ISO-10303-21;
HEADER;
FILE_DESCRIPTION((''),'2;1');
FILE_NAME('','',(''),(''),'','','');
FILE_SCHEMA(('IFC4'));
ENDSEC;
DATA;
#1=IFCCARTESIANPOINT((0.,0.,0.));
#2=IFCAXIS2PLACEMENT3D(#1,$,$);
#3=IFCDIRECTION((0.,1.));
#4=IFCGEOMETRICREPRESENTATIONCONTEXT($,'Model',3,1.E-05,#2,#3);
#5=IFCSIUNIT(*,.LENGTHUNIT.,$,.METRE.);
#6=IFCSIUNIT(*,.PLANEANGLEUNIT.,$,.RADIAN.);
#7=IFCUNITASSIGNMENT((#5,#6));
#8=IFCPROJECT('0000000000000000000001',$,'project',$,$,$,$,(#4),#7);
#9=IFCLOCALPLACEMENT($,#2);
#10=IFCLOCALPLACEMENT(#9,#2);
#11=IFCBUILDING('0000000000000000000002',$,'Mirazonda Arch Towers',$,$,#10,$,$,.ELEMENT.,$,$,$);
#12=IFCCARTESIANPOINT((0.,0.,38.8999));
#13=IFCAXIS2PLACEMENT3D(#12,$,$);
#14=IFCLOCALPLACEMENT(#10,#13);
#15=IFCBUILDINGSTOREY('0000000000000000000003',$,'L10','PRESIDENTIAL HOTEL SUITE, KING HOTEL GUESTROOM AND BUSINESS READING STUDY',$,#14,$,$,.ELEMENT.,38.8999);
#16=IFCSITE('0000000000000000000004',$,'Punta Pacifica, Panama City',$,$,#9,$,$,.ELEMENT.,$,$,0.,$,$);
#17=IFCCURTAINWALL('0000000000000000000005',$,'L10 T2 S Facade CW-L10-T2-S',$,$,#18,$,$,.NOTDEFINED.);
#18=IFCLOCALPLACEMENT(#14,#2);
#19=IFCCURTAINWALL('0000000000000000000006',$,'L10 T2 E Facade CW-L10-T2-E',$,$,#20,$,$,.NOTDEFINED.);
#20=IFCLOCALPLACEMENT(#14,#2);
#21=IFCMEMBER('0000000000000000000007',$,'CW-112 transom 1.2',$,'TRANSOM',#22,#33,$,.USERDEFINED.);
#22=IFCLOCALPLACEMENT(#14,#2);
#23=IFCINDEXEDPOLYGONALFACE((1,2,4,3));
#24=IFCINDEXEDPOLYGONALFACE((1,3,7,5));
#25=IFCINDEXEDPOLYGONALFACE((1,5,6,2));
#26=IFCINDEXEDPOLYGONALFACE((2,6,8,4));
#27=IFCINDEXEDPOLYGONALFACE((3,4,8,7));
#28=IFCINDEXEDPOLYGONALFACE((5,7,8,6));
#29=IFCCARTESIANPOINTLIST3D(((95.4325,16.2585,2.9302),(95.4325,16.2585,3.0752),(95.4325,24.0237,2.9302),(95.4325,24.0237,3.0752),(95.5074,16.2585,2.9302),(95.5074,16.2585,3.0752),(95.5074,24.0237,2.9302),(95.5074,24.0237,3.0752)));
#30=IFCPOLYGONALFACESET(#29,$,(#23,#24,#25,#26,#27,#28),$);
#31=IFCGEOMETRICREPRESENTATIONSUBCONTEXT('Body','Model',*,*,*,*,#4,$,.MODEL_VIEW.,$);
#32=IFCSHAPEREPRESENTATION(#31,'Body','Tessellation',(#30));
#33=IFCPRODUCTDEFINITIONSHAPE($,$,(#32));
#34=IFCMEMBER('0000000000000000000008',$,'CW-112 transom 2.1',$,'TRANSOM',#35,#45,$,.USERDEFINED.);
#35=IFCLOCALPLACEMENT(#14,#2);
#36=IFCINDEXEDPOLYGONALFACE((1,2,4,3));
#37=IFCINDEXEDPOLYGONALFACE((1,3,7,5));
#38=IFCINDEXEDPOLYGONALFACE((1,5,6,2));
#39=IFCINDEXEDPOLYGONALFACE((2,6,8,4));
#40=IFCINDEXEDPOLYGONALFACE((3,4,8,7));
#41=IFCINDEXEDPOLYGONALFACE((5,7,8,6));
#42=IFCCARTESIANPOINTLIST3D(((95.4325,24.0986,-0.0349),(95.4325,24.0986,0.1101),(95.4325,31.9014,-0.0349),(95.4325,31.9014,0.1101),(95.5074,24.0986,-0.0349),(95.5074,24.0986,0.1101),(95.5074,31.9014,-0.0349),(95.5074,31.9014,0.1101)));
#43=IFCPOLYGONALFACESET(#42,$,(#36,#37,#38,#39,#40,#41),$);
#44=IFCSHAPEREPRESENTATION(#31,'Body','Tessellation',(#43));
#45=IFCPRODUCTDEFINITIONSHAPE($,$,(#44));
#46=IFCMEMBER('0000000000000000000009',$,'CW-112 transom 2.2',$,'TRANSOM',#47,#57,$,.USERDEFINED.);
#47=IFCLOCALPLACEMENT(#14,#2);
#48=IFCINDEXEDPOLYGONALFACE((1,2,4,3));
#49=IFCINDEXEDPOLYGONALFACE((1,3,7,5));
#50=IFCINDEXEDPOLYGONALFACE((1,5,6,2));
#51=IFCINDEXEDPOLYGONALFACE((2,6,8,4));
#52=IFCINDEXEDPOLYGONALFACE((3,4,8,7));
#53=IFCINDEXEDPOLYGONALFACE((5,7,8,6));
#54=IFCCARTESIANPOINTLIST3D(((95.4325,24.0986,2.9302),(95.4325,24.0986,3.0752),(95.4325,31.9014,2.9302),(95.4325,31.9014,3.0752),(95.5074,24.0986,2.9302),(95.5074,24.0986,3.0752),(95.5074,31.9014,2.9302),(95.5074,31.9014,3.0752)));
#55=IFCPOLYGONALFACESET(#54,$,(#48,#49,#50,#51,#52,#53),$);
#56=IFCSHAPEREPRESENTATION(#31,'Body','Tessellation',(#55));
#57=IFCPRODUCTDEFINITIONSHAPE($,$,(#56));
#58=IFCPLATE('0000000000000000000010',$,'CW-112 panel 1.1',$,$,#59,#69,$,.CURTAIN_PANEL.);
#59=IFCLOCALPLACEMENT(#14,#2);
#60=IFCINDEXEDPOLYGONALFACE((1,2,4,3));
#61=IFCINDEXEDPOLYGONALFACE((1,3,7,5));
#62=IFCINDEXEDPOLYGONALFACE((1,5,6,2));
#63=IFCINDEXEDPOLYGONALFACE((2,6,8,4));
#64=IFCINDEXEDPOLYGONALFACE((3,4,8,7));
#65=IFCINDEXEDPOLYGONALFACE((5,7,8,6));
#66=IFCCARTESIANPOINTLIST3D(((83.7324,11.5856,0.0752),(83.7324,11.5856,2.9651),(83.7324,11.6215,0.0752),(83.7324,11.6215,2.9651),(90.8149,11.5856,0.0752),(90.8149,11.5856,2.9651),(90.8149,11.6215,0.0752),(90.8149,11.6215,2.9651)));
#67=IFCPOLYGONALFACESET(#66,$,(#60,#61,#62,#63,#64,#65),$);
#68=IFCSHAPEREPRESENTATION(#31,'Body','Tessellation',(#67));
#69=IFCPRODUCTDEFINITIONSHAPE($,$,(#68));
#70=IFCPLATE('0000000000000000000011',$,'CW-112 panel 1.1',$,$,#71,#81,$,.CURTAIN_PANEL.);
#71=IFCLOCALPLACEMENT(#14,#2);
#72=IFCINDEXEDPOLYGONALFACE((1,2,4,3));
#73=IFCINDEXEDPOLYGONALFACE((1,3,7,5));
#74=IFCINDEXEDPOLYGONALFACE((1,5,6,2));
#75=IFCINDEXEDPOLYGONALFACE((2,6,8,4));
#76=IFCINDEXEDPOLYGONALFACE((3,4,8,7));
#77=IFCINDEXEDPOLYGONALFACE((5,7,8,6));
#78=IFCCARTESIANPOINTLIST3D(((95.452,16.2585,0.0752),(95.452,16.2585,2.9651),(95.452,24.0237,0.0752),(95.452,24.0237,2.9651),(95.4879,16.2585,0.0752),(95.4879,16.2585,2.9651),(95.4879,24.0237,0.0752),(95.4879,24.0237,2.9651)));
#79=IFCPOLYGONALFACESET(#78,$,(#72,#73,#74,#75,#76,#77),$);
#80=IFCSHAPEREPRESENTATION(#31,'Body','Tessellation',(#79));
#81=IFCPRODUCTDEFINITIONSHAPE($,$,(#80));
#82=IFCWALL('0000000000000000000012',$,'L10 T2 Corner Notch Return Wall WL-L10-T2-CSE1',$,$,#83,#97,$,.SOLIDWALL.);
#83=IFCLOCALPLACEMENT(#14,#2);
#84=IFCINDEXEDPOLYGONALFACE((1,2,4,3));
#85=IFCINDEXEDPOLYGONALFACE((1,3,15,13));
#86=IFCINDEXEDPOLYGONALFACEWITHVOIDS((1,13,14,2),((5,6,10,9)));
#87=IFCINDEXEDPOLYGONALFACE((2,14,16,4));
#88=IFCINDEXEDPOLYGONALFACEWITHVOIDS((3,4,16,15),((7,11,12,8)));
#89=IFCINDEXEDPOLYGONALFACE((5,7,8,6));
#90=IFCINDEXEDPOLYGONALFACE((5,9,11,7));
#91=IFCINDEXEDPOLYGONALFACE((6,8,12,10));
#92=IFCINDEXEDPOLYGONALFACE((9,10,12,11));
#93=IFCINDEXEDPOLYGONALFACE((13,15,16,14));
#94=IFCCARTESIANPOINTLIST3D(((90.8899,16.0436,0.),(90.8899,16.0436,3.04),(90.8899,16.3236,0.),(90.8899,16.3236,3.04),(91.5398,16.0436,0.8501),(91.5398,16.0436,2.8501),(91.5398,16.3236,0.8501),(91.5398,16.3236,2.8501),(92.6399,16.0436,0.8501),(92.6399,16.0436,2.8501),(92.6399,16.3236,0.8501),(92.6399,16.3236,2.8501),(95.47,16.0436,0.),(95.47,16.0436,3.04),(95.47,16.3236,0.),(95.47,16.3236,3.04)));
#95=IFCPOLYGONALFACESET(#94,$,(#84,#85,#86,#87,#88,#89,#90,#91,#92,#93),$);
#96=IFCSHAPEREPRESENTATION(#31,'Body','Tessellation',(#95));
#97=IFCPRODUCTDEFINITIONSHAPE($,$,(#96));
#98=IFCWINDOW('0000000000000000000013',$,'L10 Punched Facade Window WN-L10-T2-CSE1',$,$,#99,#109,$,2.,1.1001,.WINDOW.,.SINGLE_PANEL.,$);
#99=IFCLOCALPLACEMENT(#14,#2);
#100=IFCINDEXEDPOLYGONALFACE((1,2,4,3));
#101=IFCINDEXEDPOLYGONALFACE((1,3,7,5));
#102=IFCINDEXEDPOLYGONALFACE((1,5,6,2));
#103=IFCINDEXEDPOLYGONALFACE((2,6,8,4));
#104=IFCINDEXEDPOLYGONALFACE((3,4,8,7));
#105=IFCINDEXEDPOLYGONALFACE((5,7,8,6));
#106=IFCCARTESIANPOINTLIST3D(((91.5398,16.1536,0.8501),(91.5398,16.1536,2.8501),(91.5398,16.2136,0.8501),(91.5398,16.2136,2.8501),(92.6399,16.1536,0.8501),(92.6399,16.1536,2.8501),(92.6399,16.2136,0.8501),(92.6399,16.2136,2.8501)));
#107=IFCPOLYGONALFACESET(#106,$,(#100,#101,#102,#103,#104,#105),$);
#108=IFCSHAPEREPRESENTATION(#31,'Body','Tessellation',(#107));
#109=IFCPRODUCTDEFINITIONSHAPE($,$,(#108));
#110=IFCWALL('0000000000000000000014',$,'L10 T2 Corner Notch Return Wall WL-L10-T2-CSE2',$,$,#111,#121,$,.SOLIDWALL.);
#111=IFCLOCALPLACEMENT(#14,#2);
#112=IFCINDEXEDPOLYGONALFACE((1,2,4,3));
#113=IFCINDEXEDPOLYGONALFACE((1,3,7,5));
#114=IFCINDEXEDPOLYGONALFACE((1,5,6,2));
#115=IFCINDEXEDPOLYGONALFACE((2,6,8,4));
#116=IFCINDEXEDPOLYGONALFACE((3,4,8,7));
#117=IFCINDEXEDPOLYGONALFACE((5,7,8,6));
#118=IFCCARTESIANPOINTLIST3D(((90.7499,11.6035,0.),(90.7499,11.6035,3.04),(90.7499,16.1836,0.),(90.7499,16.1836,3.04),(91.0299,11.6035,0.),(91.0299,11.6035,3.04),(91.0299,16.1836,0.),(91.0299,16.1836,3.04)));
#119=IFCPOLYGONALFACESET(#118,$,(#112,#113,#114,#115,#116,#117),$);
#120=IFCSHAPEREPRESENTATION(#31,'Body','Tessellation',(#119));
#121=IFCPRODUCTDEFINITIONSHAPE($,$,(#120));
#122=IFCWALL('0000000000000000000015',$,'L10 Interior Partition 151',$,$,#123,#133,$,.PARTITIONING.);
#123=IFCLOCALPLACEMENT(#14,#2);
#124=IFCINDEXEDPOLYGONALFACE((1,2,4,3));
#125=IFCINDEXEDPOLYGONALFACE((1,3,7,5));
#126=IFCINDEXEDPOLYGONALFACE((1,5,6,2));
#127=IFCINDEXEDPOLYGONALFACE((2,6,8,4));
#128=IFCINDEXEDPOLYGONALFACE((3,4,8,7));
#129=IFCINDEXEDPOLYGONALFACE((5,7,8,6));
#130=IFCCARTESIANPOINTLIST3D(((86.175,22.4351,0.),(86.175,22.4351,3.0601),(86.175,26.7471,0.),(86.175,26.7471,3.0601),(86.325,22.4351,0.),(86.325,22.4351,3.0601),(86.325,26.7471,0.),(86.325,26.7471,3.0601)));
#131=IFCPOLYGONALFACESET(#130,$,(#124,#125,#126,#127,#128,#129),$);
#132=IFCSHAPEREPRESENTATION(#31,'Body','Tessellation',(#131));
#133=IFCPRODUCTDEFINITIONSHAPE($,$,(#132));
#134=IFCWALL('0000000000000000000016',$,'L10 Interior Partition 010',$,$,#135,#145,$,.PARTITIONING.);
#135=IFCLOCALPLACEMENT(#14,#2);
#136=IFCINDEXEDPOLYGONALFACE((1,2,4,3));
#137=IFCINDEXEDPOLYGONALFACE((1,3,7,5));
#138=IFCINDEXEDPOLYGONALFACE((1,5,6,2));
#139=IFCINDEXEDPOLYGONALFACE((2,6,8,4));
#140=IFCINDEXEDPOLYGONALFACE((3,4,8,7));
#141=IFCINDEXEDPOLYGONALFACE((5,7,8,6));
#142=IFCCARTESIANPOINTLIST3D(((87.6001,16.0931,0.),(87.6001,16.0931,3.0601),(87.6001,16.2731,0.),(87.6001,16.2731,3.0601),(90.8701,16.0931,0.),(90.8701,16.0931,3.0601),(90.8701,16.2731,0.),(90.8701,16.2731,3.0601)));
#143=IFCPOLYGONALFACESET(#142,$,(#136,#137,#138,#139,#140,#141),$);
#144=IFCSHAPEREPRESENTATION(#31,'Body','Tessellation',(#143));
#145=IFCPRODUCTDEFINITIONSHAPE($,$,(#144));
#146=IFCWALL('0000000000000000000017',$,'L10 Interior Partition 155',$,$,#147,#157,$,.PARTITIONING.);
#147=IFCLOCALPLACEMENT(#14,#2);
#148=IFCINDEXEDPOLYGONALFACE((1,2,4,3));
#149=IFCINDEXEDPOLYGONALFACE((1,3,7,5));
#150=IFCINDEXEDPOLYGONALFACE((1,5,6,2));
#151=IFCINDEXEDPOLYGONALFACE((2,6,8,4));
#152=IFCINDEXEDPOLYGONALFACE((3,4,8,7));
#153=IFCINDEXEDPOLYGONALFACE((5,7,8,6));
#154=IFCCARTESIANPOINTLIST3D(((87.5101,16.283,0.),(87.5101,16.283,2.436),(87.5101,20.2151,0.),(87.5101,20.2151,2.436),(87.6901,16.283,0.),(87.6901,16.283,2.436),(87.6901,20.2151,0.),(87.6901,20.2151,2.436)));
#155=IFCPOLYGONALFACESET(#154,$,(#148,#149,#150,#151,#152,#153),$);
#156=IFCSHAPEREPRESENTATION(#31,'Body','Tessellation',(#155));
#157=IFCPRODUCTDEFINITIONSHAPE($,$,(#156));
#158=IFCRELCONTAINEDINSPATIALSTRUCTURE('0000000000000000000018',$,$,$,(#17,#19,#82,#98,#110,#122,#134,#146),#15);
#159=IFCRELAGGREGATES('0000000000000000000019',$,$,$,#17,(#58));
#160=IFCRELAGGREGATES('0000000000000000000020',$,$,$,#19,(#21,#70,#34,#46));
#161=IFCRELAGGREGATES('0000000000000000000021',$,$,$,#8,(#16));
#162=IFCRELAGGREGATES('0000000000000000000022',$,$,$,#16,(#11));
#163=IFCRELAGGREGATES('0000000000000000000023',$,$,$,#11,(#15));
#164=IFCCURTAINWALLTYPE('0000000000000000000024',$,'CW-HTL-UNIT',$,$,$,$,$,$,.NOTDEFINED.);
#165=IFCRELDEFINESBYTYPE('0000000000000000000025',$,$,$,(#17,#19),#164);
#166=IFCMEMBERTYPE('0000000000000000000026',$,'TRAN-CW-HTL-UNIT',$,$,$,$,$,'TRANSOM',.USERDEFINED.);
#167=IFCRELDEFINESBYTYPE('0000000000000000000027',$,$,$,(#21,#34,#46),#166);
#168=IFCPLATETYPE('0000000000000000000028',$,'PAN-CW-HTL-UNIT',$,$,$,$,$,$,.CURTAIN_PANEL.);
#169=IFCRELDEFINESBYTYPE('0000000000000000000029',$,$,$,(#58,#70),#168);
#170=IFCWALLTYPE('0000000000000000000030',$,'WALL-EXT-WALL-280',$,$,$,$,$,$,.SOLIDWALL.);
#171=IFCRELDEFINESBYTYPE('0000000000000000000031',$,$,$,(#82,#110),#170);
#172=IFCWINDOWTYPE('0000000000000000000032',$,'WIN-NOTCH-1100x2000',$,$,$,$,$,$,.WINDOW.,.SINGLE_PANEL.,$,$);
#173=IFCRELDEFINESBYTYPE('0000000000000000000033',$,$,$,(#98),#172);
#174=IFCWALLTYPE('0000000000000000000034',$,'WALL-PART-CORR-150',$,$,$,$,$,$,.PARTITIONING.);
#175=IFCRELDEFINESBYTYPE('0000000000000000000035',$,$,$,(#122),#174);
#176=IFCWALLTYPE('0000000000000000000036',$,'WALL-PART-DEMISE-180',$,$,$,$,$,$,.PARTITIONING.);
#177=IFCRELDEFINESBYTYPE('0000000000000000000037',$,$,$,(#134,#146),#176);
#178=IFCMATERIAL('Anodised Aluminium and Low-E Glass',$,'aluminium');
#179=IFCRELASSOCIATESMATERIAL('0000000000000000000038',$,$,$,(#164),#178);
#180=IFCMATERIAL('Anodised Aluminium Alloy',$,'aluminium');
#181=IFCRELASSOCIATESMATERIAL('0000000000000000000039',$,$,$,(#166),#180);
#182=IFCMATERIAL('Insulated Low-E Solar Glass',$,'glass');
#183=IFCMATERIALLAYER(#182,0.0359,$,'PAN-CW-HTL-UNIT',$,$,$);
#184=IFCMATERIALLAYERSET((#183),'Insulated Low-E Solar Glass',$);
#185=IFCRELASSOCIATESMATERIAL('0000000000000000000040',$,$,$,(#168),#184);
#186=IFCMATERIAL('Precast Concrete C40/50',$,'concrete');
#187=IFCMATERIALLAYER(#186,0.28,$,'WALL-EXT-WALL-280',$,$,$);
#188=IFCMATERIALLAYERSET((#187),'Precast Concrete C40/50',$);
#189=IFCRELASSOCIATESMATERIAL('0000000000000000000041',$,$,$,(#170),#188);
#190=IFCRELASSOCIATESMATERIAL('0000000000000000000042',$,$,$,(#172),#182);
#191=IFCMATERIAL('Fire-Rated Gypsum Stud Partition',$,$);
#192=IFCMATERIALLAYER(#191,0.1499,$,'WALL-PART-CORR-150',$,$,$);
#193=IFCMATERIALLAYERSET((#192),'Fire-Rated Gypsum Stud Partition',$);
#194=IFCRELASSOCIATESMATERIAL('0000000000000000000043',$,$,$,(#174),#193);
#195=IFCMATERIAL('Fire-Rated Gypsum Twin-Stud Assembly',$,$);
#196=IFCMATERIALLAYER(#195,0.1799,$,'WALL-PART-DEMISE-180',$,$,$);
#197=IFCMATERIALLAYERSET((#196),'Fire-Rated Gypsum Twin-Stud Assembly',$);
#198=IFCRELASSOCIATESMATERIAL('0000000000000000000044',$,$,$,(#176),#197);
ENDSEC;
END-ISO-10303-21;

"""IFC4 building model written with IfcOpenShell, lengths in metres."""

from ifc_helpers import new_model, si_unit, direction, frame, frame_2d, origin, origin_2d, place, context, subcontext, project, spatial, rectangle, extrude, material, layer, layer_set, material_profile, profile_set, type_object, element, fill, aggregate, save


model = new_model("IFC4")

# Units and contexts
model_context = context("Model", 3, precision=1e-05, world=origin(), true_north=direction((0.0, 1.0)))
body_context = subcontext(model_context, "Body", "Model", "MODEL_VIEW")
ifc_project = project(units=[si_unit("LENGTHUNIT", "METRE"), si_unit("PLANEANGLEUNIT", "RADIAN")], contexts=[model_context])

# Site, building, storey
site_placement = place(None, origin())
site = spatial("IfcSite", under=ifc_project, at=site_placement, Name="Punta Pacifica, Panama City", CompositionType="ELEMENT", RefElevation=0.0)
building_placement = place(site_placement, origin())
building = spatial("IfcBuilding", under=site, at=building_placement, Name="Mirazonda Arch Towers", CompositionType="ELEMENT")
storey_placement = place(building_placement, frame((0.0, 0.0, 38.8999)))
storey = spatial("IfcBuildingStorey", under=building, at=storey_placement, Name="L10", Description="PRESIDENTIAL HOTEL SUITE, KING HOTEL GUESTROOM AND BUSINESS READING STUDY", CompositionType="ELEMENT", Elevation=38.8999)

# Curtain wall
ifc_material_1 = material(Name="Anodised Aluminium and Low-E Glass", Category="aluminium")
curtain_wall_type = type_object("IfcCurtainWallType", Name="CW-HTL-UNIT", PredefinedType="NOTDEFINED", material=ifc_material_1)
curtain_wall_1_placement = place(storey_placement, origin())
curtain_wall_1 = element("IfcCurtainWall", 1, at=curtain_wall_1_placement, inside=storey, type_object=curtain_wall_type, Name="L10 T2 S Facade CW-L10-T2-S", PredefinedType="NOTDEFINED")
ifc_material_2 = material(Name="Anodised Aluminium Alloy", Category="aluminium")

# Curtain wall
curtain_wall_2_placement = place(storey_placement, origin())
curtain_wall_2 = element("IfcCurtainWall", 2, at=curtain_wall_2_placement, inside=storey, type_object=curtain_wall_type, Name="L10 T2 E Facade CW-L10-T2-E", PredefinedType="NOTDEFINED")

# Members
ifc_material_profile_1 = material_profile(ifc_material_2, rectangle(XDim=0.075, YDim=0.145, at=origin_2d()), Name="ALU-TRAN-75x145")
ifc_profile_set_1 = profile_set([ifc_material_profile_1], Name="Anodised Aluminium Alloy")
member_type_1 = type_object("IfcMemberType", Name="TRAN-CW-HTL-UNIT", ElementType="TRANSOM", PredefinedType="USERDEFINED", material=ifc_profile_set_1)
member_1_placement = place(storey_placement, frame((95.47, 16.2585, 3.0027), z_axis=(0.0, 1.0, 0.0), x_axis=(-1.0, 0.0, 0.0)))
member_1 = element("IfcMember", 3, at=member_1_placement, type_object=member_type_1, Name="CW-112 transom 1.2", ObjectType="TRANSOM", PredefinedType="USERDEFINED", context=body_context, shape_type="SweptSolid", body=[
    extrude(rectangle(XDim=0.075, YDim=0.145, at=origin_2d()), origin(), (0.0, 0.0, 1.0), 7.7651),
])
member_2_placement = place(storey_placement, frame((95.47, 24.0986, 0.0376), z_axis=(0.0, 1.0, 0.0), x_axis=(-1.0, 0.0, 0.0)))
member_2 = element("IfcMember", 4, at=member_2_placement, type_object=member_type_1, Name="CW-112 transom 2.1", ObjectType="TRANSOM", PredefinedType="USERDEFINED", context=body_context, shape_type="SweptSolid", body=[
    extrude(rectangle(XDim=0.075, YDim=0.145, at=origin_2d()), origin(), (0.0, 0.0, 1.0), 7.8027),
])
member_3_placement = place(storey_placement, frame((95.47, 24.0986, 3.0027), z_axis=(0.0, 1.0, 0.0), x_axis=(-1.0, 0.0, 0.0)))
member_3 = element("IfcMember", 5, at=member_3_placement, type_object=member_type_1, Name="CW-112 transom 2.2", ObjectType="TRANSOM", PredefinedType="USERDEFINED", context=body_context, shape_type="SweptSolid", body=[
    extrude(rectangle(XDim=0.075, YDim=0.145, at=origin_2d()), origin(), (0.0, 0.0, 1.0), 7.8027),
])

# Plates
ifc_material_3 = material(Name="Insulated Low-E Solar Glass", Category="glass")
ifc_layer_1 = layer(ifc_material_3, 0.0359, Name="PAN-CW-HTL-UNIT")
ifc_layer_set_1 = layer_set([ifc_layer_1], Name="Insulated Low-E Solar Glass")
plate_type = type_object("IfcPlateType", Name="PAN-CW-HTL-UNIT", PredefinedType="CURTAIN_PANEL", material=ifc_layer_set_1)
plate_1_placement = place(storey_placement, frame((87.2737, 11.6035, 0.0752), z_axis=(0.0, 0.0, 1.0), x_axis=(-1.0, 0.0, 0.0)))
plate_1 = element("IfcPlate", 6, at=plate_1_placement, type_object=plate_type, Name="CW-112 panel 1.1", PredefinedType="CURTAIN_PANEL", context=body_context, shape_type="SweptSolid", body=[
    extrude(rectangle(XDim=7.0825, YDim=0.0359, at=origin_2d()), origin(), (0.0, 0.0, 1.0), 2.8899),
])
aggregate(curtain_wall_1, [plate_1])
plate_2_placement = place(storey_placement, frame((95.47, 20.1411, 0.0752), z_axis=(0.0, 0.0, 1.0), x_axis=(0.0, 1.0, 0.0)))
plate_2 = element("IfcPlate", 7, at=plate_2_placement, type_object=plate_type, Name="CW-112 panel 1.1", PredefinedType="CURTAIN_PANEL", context=body_context, shape_type="SweptSolid", body=[
    extrude(rectangle(XDim=7.7651, YDim=0.0359, at=origin_2d()), origin(), (0.0, 0.0, 1.0), 2.8899),
])
aggregate(curtain_wall_2, [member_1, plate_2, member_2, member_3])

# Wall, opening, window
ifc_material_4 = material(Name="Precast Concrete C40/50", Category="concrete")
ifc_layer_2 = layer(ifc_material_4, 0.28, Name="WALL-EXT-WALL-280")
ifc_layer_set_2 = layer_set([ifc_layer_2], Name="Precast Concrete C40/50")
wall_type_1 = type_object("IfcWallType", Name="WALL-EXT-WALL-280", PredefinedType="SOLIDWALL", material=ifc_layer_set_2)
wall_1_placement = place(storey_placement, frame((90.8899, 16.1836, 0.0), z_axis=(0.0, 0.0, 1.0), x_axis=(1.0, 0.0, 0.0)))
wall_1 = element("IfcWall", 8, at=wall_1_placement, inside=storey, type_object=wall_type_1, Name="L10 T2 Corner Notch Return Wall WL-L10-T2-CSE1", PredefinedType="SOLIDWALL", context=body_context, shape_type="SweptSolid", body=[
    extrude(rectangle(XDim=4.5801, YDim=0.28, at=frame_2d((2.29, 0.0))), origin(), (0.0, 0.0, 1.0), 3.04),
])
opening_1_placement = place(wall_1_placement, frame((0.6499, 0.0, 0.8501)))
opening_1 = element("IfcOpeningElement", 9, at=opening_1_placement, cuts=wall_1, PredefinedType="OPENING", context=body_context, shape_type="SweptSolid", body=[
    extrude(rectangle(XDim=1.1001, YDim=2.0, at=frame_2d((0.55, 1.0))), frame((0.0, 0.1499, 0.0), z_axis=(0.0, -1.0, 0.0), x_axis=(1.0, 0.0, 0.0)), (0.0, 0.0, 1.0), 0.3),
])
window_type = type_object("IfcWindowType", Name="WIN-NOTCH-1100x2000", PartitioningType="SINGLE_PANEL", PredefinedType="WINDOW", material=ifc_material_3)
window_placement = place(opening_1_placement, origin())
window = element("IfcWindow", 10, at=window_placement, inside=storey, type_object=window_type, Name="L10 Punched Facade Window WN-L10-T2-CSE1", OverallHeight=2.0, OverallWidth=1.1001, PartitioningType="SINGLE_PANEL", PredefinedType="WINDOW", context=body_context, shape_type="SweptSolid", body=[
    extrude(rectangle(XDim=1.1001, YDim=2.0, at=frame_2d((0.55, 1.0))), frame((0.0, 0.03, 0.0), z_axis=(0.0, -1.0, 0.0), x_axis=(1.0, 0.0, 0.0)), (0.0, 0.0, 1.0), 0.0601),
])
fill(opening_1, window)

# Walls
wall_2_placement = place(storey_placement, frame((90.8899, 11.6035, 0.0), z_axis=(0.0, 0.0, 1.0), x_axis=(0.0, 1.0, 0.0)))
element("IfcWall", 11, at=wall_2_placement, inside=storey, type_object=wall_type_1, Name="L10 T2 Corner Notch Return Wall WL-L10-T2-CSE2", PredefinedType="SOLIDWALL", context=body_context, shape_type="SweptSolid", body=[
    extrude(rectangle(XDim=4.5801, YDim=0.28, at=frame_2d((2.29, 0.0))), origin(), (0.0, 0.0, 1.0), 3.04),
])
ifc_material_5 = material(Name="Fire-Rated Gypsum Stud Partition")
ifc_layer_3 = layer(ifc_material_5, 0.1499, Name="WALL-PART-CORR-150")
ifc_layer_set_3 = layer_set([ifc_layer_3], Name="Fire-Rated Gypsum Stud Partition")
wall_type_2 = type_object("IfcWallType", Name="WALL-PART-CORR-150", PredefinedType="PARTITIONING", material=ifc_layer_set_3)
wall_3_placement = place(storey_placement, frame((86.25, 22.4351, 0.0), z_axis=(0.0, 0.0, 1.0), x_axis=(0.0, 1.0, 0.0)))
element("IfcWall", 12, at=wall_3_placement, inside=storey, type_object=wall_type_2, Name="L10 Interior Partition 151", PredefinedType="PARTITIONING", context=body_context, shape_type="SweptSolid", body=[
    extrude(rectangle(XDim=4.312, YDim=0.1499, at=frame_2d((2.156, 0.0))), origin(), (0.0, 0.0, 1.0), 3.0601),
])
ifc_material_6 = material(Name="Fire-Rated Gypsum Twin-Stud Assembly")
ifc_layer_4 = layer(ifc_material_6, 0.1799, Name="WALL-PART-DEMISE-180")
ifc_layer_set_4 = layer_set([ifc_layer_4], Name="Fire-Rated Gypsum Twin-Stud Assembly")
wall_type_3 = type_object("IfcWallType", Name="WALL-PART-DEMISE-180", PredefinedType="PARTITIONING", material=ifc_layer_set_4)
wall_4_placement = place(storey_placement, frame((87.6001, 16.1831, 0.0), z_axis=(0.0, 0.0, 1.0), x_axis=(1.0, 0.0, 0.0)))
element("IfcWall", 13, at=wall_4_placement, inside=storey, type_object=wall_type_3, Name="L10 Interior Partition 010", PredefinedType="PARTITIONING", context=body_context, shape_type="SweptSolid", body=[
    extrude(rectangle(XDim=3.27, YDim=0.1799, at=frame_2d((1.635, 0.0))), origin(), (0.0, 0.0, 1.0), 3.0601),
])

# Wall
wall_5_placement = place(storey_placement, frame((87.6001, 16.283, 0.0), z_axis=(0.0, 0.0, 1.0), x_axis=(0.0, 1.0, 0.0)))
element("IfcWall", 14, at=wall_5_placement, inside=storey, type_object=wall_type_3, Name="L10 Interior Partition 155", PredefinedType="PARTITIONING", context=body_context, shape_type="SweptSolid", body=[
    extrude(rectangle(XDim=3.9321, YDim=0.1799, at=frame_2d((1.9661, 0.0))), origin(), (0.0, 0.0, 1.0), 2.436),
])

save(model, "model.ifc")
